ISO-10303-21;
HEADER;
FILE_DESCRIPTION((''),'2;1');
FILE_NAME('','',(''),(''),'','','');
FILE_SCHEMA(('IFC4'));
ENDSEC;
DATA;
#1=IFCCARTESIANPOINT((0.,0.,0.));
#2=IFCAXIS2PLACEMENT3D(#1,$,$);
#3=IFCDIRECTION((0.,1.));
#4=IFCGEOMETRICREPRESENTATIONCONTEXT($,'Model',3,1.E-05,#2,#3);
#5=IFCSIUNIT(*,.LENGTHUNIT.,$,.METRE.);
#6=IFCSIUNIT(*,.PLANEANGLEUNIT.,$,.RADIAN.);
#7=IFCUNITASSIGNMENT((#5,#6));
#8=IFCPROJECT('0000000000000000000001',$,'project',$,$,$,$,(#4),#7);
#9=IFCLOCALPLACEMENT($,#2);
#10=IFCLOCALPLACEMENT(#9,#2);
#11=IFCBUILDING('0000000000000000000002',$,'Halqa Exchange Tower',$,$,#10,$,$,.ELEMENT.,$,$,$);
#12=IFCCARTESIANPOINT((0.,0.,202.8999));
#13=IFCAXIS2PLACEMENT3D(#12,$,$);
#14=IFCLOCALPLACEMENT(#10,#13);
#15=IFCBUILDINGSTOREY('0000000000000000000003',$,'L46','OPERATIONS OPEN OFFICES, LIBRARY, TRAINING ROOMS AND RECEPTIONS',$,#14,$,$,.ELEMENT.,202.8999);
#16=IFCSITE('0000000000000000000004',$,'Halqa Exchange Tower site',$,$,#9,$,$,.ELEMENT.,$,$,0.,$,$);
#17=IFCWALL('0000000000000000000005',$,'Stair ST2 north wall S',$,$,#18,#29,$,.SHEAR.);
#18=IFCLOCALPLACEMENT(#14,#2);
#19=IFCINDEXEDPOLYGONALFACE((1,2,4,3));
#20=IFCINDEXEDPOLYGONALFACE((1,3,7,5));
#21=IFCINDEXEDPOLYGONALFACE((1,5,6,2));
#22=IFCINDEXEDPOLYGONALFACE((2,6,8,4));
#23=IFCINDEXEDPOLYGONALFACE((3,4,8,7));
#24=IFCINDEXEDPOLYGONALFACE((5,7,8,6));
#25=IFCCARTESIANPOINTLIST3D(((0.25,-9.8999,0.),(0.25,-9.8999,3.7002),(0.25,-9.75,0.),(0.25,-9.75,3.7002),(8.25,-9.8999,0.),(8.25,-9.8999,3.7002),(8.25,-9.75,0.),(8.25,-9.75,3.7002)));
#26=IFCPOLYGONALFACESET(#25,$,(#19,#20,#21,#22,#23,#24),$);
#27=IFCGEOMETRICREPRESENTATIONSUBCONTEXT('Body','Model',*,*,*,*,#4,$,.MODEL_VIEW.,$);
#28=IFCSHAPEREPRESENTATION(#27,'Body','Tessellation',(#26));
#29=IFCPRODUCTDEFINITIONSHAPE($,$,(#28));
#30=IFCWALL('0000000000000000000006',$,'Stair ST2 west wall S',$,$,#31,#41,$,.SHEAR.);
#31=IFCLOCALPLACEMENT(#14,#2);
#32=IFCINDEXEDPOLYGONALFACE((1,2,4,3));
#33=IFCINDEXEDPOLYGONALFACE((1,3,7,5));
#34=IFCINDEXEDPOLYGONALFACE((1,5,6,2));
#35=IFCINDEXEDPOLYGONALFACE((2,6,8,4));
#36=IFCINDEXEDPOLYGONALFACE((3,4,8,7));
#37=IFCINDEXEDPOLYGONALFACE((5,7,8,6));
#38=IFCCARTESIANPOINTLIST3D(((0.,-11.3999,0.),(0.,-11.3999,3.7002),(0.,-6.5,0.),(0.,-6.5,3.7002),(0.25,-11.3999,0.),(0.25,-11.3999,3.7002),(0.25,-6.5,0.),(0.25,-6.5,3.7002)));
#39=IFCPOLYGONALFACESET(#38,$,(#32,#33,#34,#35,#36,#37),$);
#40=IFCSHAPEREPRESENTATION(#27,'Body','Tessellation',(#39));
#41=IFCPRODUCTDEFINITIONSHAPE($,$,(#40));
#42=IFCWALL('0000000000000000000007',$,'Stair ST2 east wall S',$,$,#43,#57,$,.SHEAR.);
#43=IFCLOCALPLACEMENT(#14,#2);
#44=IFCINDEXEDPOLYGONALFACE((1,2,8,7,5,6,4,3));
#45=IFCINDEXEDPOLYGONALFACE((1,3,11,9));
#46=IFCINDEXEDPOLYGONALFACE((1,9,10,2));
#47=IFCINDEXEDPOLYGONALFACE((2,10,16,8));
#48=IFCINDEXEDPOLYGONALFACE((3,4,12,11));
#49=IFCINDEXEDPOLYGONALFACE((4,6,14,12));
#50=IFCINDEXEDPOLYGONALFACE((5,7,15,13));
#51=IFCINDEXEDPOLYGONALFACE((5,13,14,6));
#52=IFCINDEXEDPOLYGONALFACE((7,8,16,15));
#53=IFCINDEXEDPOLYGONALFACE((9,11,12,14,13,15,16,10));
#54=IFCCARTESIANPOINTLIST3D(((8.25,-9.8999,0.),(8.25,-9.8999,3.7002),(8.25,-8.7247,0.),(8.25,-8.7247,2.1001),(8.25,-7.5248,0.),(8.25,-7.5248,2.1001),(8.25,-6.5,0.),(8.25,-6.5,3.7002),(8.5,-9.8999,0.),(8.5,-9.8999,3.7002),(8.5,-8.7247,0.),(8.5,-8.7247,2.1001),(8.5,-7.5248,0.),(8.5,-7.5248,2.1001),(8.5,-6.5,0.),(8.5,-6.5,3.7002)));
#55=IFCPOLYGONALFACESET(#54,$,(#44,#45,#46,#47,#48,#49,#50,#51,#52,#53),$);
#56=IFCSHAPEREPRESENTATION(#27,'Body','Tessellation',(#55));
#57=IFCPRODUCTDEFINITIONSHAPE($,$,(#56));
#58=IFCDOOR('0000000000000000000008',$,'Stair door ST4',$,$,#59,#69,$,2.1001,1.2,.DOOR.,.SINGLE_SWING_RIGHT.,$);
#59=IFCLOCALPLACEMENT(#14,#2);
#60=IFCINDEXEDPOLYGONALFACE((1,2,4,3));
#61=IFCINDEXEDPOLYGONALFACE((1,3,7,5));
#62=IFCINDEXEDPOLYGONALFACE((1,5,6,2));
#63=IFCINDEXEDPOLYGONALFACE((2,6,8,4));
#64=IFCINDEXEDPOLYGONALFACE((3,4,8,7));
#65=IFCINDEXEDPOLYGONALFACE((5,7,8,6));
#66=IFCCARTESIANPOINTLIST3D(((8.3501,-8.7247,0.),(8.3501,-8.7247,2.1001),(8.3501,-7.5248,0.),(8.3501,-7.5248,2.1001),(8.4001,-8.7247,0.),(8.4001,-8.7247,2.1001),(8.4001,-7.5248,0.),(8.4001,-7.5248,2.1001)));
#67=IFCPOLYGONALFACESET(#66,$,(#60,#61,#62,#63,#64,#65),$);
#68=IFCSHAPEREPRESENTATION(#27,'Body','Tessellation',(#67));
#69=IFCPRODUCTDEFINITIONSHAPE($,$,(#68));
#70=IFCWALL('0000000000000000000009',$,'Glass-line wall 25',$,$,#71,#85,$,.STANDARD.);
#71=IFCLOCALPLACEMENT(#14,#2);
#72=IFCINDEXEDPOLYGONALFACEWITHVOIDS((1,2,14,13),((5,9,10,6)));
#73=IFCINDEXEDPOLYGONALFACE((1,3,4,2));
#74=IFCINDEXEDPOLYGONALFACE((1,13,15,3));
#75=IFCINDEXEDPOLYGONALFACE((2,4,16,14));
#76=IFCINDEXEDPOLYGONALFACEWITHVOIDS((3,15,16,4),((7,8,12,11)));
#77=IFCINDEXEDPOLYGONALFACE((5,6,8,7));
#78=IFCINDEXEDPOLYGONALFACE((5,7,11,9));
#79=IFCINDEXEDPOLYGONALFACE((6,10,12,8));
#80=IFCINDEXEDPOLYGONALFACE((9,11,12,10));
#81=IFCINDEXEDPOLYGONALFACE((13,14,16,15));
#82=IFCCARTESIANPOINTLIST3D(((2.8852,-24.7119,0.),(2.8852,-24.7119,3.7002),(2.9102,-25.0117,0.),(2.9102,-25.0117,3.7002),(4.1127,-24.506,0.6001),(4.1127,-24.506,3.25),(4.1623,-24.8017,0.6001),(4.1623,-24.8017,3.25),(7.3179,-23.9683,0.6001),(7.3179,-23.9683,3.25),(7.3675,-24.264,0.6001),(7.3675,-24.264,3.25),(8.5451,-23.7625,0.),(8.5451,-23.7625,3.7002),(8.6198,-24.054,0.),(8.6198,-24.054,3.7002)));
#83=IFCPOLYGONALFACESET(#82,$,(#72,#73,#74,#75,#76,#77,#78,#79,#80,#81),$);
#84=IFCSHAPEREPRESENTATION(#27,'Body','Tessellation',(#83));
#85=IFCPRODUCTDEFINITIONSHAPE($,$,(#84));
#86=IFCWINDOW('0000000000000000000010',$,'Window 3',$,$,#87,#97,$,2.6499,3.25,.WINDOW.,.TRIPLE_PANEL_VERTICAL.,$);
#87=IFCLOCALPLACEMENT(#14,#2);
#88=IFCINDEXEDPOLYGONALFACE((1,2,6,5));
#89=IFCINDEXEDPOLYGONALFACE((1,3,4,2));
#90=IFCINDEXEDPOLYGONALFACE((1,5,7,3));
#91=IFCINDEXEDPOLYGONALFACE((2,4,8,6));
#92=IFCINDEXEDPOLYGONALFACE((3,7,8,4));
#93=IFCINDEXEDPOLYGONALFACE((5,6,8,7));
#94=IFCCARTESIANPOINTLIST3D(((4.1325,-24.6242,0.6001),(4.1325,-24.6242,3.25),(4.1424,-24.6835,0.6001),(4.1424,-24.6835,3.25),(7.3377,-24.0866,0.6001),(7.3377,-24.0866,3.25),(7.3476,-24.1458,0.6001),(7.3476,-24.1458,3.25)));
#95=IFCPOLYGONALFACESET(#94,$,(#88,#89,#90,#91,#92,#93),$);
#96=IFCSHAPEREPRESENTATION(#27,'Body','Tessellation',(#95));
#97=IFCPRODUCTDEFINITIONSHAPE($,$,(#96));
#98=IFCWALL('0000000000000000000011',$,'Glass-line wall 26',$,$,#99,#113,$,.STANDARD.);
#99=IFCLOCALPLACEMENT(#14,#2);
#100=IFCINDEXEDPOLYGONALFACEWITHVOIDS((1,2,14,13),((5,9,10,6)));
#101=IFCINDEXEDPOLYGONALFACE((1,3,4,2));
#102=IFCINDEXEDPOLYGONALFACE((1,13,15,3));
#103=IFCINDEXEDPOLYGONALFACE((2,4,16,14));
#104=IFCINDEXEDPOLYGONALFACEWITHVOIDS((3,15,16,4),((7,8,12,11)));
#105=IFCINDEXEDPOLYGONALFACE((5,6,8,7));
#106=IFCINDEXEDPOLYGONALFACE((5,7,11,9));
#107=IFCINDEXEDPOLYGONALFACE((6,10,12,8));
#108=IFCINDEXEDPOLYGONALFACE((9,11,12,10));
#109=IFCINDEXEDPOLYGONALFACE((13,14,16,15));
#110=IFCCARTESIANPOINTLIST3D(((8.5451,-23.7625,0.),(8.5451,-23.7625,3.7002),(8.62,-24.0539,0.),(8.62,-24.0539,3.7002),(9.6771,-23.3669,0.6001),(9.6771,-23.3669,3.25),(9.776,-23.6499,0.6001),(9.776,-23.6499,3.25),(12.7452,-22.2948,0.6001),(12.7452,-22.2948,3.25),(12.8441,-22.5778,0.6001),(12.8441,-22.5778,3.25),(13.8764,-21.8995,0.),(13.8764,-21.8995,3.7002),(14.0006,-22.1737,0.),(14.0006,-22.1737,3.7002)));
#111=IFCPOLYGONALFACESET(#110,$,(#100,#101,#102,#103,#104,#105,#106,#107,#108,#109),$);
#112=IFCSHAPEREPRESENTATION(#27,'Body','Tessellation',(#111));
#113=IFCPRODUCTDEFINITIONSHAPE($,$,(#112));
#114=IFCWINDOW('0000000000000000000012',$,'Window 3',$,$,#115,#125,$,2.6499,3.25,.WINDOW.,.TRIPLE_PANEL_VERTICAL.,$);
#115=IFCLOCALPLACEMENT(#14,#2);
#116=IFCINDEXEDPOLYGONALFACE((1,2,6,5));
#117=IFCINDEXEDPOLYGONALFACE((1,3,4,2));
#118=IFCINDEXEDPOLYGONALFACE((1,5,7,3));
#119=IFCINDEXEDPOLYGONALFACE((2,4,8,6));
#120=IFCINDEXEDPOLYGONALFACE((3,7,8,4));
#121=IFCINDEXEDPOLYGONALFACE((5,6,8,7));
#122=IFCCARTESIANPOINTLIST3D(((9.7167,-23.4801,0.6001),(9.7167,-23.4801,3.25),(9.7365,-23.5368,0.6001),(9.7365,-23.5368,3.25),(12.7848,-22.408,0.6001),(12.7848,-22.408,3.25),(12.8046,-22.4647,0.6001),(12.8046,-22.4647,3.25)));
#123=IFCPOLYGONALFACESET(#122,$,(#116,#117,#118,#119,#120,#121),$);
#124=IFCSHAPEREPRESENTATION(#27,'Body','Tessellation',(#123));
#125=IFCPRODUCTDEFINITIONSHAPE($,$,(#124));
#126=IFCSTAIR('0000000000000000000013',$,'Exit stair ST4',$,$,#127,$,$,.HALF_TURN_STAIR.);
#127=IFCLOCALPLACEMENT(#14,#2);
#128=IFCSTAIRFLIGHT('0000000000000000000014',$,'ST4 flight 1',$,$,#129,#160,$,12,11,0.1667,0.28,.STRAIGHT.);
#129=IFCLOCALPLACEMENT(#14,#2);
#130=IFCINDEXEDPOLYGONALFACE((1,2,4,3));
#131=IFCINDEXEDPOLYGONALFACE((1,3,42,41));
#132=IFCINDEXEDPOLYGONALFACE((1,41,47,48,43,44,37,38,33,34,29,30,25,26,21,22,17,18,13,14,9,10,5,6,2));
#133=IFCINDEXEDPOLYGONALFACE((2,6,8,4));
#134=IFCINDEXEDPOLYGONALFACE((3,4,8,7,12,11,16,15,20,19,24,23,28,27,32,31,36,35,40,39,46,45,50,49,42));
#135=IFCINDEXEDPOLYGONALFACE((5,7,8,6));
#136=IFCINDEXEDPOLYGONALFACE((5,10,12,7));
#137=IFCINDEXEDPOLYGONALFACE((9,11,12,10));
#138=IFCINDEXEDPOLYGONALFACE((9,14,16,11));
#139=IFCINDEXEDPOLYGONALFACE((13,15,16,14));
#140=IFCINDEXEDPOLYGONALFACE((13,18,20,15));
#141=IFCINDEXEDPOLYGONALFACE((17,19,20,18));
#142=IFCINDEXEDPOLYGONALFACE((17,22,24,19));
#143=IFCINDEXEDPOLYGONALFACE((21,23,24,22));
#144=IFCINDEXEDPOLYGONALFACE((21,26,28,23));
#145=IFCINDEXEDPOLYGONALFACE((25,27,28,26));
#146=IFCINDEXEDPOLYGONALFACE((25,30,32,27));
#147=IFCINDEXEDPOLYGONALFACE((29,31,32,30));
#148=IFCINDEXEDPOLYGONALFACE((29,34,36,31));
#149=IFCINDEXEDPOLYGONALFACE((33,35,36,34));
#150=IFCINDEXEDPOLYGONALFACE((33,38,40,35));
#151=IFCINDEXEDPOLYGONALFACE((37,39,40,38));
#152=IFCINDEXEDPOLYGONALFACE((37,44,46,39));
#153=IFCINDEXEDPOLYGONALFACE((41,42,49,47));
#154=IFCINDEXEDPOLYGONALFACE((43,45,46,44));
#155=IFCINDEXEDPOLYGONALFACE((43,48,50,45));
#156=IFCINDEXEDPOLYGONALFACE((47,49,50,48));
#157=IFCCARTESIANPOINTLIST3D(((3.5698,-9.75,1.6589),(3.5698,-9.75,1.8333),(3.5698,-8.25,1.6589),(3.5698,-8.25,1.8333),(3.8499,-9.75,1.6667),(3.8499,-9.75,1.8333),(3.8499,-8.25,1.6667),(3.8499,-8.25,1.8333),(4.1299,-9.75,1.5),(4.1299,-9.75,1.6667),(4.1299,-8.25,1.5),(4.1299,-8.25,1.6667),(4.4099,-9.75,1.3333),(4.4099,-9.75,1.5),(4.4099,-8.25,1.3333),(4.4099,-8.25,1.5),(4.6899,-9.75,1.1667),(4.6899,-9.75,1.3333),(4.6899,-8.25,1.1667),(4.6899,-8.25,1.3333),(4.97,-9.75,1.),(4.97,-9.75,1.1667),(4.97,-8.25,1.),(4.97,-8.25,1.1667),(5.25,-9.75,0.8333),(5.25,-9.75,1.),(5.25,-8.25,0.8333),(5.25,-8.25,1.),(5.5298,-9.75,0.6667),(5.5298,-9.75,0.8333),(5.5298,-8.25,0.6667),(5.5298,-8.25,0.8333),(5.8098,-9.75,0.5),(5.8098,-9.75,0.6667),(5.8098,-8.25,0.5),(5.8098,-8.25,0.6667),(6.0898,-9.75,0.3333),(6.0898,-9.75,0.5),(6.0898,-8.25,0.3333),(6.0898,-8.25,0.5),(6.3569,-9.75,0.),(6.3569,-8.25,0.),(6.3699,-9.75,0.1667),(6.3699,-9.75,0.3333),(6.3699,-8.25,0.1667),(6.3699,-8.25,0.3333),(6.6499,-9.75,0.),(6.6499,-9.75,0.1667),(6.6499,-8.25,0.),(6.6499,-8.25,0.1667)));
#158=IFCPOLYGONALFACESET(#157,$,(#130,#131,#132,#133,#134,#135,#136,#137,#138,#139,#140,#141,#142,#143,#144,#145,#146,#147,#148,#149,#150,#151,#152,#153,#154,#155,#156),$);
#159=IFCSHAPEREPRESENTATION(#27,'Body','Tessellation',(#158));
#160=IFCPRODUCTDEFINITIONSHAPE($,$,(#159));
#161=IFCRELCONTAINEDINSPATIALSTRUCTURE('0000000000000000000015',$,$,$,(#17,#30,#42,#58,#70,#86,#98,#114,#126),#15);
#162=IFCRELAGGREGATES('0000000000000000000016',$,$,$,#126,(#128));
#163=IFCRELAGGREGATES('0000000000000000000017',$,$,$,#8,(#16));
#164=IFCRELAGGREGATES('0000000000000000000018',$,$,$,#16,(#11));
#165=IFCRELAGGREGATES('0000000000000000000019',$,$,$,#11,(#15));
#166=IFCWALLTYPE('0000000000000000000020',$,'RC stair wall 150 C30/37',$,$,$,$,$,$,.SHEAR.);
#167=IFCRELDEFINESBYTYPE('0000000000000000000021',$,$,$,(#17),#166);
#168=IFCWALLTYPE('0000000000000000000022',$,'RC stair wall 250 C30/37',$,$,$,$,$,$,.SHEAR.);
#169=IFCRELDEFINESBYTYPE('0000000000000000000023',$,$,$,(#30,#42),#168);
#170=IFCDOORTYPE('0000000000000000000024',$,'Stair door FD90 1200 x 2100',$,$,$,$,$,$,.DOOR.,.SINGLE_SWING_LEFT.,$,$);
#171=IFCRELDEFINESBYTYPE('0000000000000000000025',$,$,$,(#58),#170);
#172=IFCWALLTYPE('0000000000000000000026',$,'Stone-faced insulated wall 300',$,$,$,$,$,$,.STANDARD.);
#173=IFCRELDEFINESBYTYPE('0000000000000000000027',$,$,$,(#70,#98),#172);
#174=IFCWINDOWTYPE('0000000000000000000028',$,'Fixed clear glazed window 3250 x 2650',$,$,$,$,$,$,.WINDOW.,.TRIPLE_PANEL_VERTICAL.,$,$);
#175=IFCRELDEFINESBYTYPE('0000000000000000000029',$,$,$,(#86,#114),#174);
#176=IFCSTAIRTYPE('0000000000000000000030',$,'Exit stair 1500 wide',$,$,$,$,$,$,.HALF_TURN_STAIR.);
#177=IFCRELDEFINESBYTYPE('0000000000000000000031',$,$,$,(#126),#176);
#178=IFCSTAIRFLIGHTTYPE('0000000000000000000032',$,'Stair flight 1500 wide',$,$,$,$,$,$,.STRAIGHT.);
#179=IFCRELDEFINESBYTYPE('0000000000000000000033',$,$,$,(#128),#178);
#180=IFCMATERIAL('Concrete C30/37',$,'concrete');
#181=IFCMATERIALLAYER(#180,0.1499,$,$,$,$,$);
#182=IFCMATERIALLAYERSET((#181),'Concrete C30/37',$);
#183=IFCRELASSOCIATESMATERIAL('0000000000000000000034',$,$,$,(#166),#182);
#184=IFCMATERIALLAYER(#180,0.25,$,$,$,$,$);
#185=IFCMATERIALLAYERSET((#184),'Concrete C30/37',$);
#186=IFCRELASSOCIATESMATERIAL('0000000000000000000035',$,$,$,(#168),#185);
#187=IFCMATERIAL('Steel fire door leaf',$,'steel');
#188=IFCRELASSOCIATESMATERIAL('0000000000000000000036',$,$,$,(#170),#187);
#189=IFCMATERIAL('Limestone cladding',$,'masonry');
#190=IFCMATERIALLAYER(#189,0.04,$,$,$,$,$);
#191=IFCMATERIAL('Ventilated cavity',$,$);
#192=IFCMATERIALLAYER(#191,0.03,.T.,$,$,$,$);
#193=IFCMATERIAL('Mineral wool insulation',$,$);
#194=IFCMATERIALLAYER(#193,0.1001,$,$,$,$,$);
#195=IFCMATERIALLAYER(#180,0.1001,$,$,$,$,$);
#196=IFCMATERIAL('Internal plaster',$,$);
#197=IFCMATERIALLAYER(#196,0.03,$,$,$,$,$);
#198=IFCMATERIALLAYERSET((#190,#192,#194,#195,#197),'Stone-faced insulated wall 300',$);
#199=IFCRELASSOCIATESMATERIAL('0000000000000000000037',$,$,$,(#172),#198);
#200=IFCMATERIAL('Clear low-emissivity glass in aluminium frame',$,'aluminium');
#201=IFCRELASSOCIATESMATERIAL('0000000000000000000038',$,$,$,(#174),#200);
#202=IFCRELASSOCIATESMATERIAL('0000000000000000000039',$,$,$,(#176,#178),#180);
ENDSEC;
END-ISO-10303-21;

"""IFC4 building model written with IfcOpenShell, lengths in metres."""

from ifc_helpers import new_model, si_unit, direction, frame, frame_2d, origin, place, context, subcontext, project, spatial, polyline, rectangle, outline, extrude, material, layer, layer_set, type_object, element, fill, aggregate, save


model = new_model("IFC4")

# Units and contexts
model_context = context("Model", 3, precision=1e-05, world=origin(), true_north=direction((0.0, 1.0)))
body_context = subcontext(model_context, "Body", "Model", "MODEL_VIEW")
ifc_project = project(units=[si_unit("LENGTHUNIT", "METRE"), si_unit("PLANEANGLEUNIT", "RADIAN")], contexts=[model_context])

# Site, building, storey
site_placement = place(None, origin())
site = spatial("IfcSite", under=ifc_project, at=site_placement, Name="Halqa Exchange Tower site", CompositionType="ELEMENT", RefElevation=0.0)
building_placement = place(site_placement, origin())
building = spatial("IfcBuilding", under=site, at=building_placement, Name="Halqa Exchange Tower", CompositionType="ELEMENT")
storey_placement = place(building_placement, frame((0.0, 0.0, 202.8999)))
storey = spatial("IfcBuildingStorey", under=building, at=storey_placement, Name="L46", Description="OPERATIONS OPEN OFFICES, LIBRARY, TRAINING ROOMS AND RECEPTIONS", CompositionType="ELEMENT", Elevation=202.8999)

# Walls
ifc_material_1 = material(Name="Concrete C30/37", Category="concrete")
ifc_layer_1 = layer(ifc_material_1, 0.1499)
ifc_layer_set_1 = layer_set([ifc_layer_1], Name="Concrete C30/37")
wall_type_1 = type_object("IfcWallType", Name="RC stair wall 150 C30/37", PredefinedType="SHEAR", material=ifc_layer_set_1)
wall_1_placement = place(storey_placement, frame((0.25, -9.825, 0.0), z_axis=(0.0, 0.0, 1.0), x_axis=(1.0, 0.0, 0.0)))
element("IfcWall", 1, at=wall_1_placement, inside=storey, type_object=wall_type_1, Name="Stair ST2 north wall S", PredefinedType="SHEAR", context=body_context, shape_type="SweptSolid", body=[
    extrude(rectangle(XDim=8.0, YDim=0.1499, at=frame_2d((4.0, 0.0))), origin(), (0.0, 0.0, 1.0), 3.7002),
])
ifc_layer_2 = layer(ifc_material_1, 0.25)
ifc_layer_set_2 = layer_set([ifc_layer_2], Name="Concrete C30/37")
wall_type_2 = type_object("IfcWallType", Name="RC stair wall 250 C30/37", PredefinedType="SHEAR", material=ifc_layer_set_2)
wall_2_placement = place(storey_placement, frame((0.125, -11.3999, 0.0), z_axis=(0.0, 0.0, 1.0), x_axis=(0.0, 1.0, 0.0)))
element("IfcWall", 2, at=wall_2_placement, inside=storey, type_object=wall_type_2, Name="Stair ST2 west wall S", PredefinedType="SHEAR", context=body_context, shape_type="SweptSolid", body=[
    extrude(rectangle(XDim=4.8999, YDim=0.25, at=frame_2d((2.45, 0.0))), origin(), (0.0, 0.0, 1.0), 3.7002),
])

# Wall, opening, door
wall_3_placement = place(storey_placement, frame((8.375, -9.8999, 0.0), z_axis=(0.0, 0.0, 1.0), x_axis=(0.0, 1.0, 0.0)))
wall_3 = element("IfcWall", 3, at=wall_3_placement, inside=storey, type_object=wall_type_2, Name="Stair ST2 east wall S", PredefinedType="SHEAR", context=body_context, shape_type="SweptSolid", body=[
    extrude(rectangle(XDim=3.3999, YDim=0.25, at=frame_2d((1.7, 0.0))), origin(), (0.0, 0.0, 1.0), 3.7002),
])
opening_1_placement = place(wall_3_placement, frame((1.175, 0.0, 0.0)))
opening_1 = element("IfcOpeningElement", 4, at=opening_1_placement, cuts=wall_3, PredefinedType="OPENING", context=body_context, shape_type="SweptSolid", body=[
    extrude(rectangle(XDim=1.2, YDim=2.1001, at=frame_2d((0.6001, 1.05))), frame((0.0, 0.137, 0.0), z_axis=(0.0, -1.0, 0.0), x_axis=(1.0, 0.0, 0.0)), (0.0, 0.0, 1.0), 0.2739),
])
ifc_material_2 = material(Name="Steel fire door leaf", Category="steel")
door_type = type_object("IfcDoorType", Name="Stair door FD90 1200 x 2100", OperationType="SINGLE_SWING_LEFT", PredefinedType="DOOR", material=ifc_material_2)
door_placement = place(opening_1_placement, origin())
door = element("IfcDoor", 5, at=door_placement, inside=storey, type_object=door_type, Name="Stair door ST4", OperationType="SINGLE_SWING_RIGHT", OverallHeight=2.1001, OverallWidth=1.2, PredefinedType="DOOR", context=body_context, shape_type="SweptSolid", body=[
    extrude(rectangle(XDim=1.2, YDim=2.1001, at=frame_2d((0.6001, 1.05))), frame((0.0, 0.0249, 0.0), z_axis=(0.0, -1.0, 0.0), x_axis=(1.0, 0.0, 0.0)), (0.0, 0.0, 1.0), 0.05),
])
fill(opening_1, door)

# Walls, openings, windows
ifc_material_3 = material(Name="Limestone cladding", Category="masonry")
ifc_layer_3 = layer(ifc_material_3, 0.04)
ifc_material_4 = material(Name="Ventilated cavity")
ifc_layer_4 = layer(ifc_material_4, 0.03, ventilated=True)
ifc_material_5 = material(Name="Mineral wool insulation")
ifc_layer_5 = layer(ifc_material_5, 0.1001)
ifc_layer_6 = layer(ifc_material_1, 0.1001)
ifc_material_6 = material(Name="Internal plaster")
ifc_layer_7 = layer(ifc_material_6, 0.03)
ifc_layer_set_3 = layer_set([ifc_layer_3, ifc_layer_4, ifc_layer_5, ifc_layer_6, ifc_layer_7], Name="Stone-faced insulated wall 300")
wall_type_3 = type_object("IfcWallType", Name="Stone-faced insulated wall 300", PredefinedType="STANDARD", material=ifc_layer_set_3)
wall_4_placement = place(storey_placement, frame((2.8977, -24.8618, 0.0), z_axis=(0.0, 0.0, 1.0), x_axis=(0.986221, 0.165436, 0.0)))
wall_4 = element("IfcWall", 6, at=wall_4_placement, inside=storey, type_object=wall_type_3, Name="Glass-line wall 25", PredefinedType="STANDARD", context=body_context, shape_type="SweptSolid", body=[
    extrude(outline(polyline([(-0.0125, -0.1499), (5.7769, -0.1499), (5.7515, 0.1499), (0.0125, 0.1499), (-0.0125, -0.1499)])), origin(), (0.0, 0.0, 1.0), 3.7002),
])
opening_2_placement = place(wall_4_placement, frame((1.2571, 0.0, 0.6001)))
opening_2 = element("IfcOpeningElement", 7, at=opening_2_placement, cuts=wall_4, PredefinedType="OPENING", context=body_context, shape_type="SweptSolid", body=[
    extrude(rectangle(XDim=3.25, YDim=2.6499, at=frame_2d((1.625, 1.325))), frame((0.0, 0.1621, 0.0), z_axis=(0.0, -1.0, 0.0), x_axis=(1.0, 0.0, 0.0)), (0.0, 0.0, 1.0), 0.324),
])
ifc_material_7 = material(Name="Clear low-emissivity glass in aluminium frame", Category="aluminium")
window_type = type_object("IfcWindowType", Name="Fixed clear glazed window 3250 x 2650", PartitioningType="TRIPLE_PANEL_VERTICAL", PredefinedType="WINDOW", material=ifc_material_7)
window_1_placement = place(opening_2_placement, origin())
window_1 = element("IfcWindow", 8, at=window_1_placement, inside=storey, type_object=window_type, Name="Window 3", OverallHeight=2.6499, OverallWidth=3.25, PartitioningType="TRIPLE_PANEL_VERTICAL", PredefinedType="WINDOW", context=body_context, shape_type="SweptSolid", body=[
    extrude(rectangle(XDim=3.25, YDim=2.6499, at=frame_2d((1.625, 1.325))), frame((0.0, 0.03, 0.0), z_axis=(0.0, -1.0, 0.0), x_axis=(1.0, 0.0, 0.0)), (0.0, 0.0, 1.0), 0.0601),
])
fill(opening_2, window_1)
wall_5_placement = place(storey_placement, frame((8.5825, -23.9082, 0.0), z_axis=(0.0, 0.0, 1.0), x_axis=(0.944023, 0.329879, 0.0)))
wall_5 = element("IfcWall", 9, at=wall_5_placement, inside=storey, type_object=wall_type_3, Name="Glass-line wall 26", PredefinedType="STANDARD", context=body_context, shape_type="SweptSolid", body=[
    extrude(outline(polyline([(-0.0127, -0.1499), (5.687, -0.1499), (5.6602, 0.1499), (0.0127, 0.1499), (-0.0127, -0.1499)])), origin(), (0.0, 0.0, 1.0), 3.7002),
])
opening_3_placement = place(wall_5_placement, frame((1.2119, 0.0, 0.6001)))
opening_3 = element("IfcOpeningElement", 10, at=opening_3_placement, cuts=wall_5, PredefinedType="OPENING", context=body_context, shape_type="SweptSolid", body=[
    extrude(rectangle(XDim=3.25, YDim=2.6499, at=frame_2d((1.625, 1.325))), frame((0.0, 0.1621, 0.0), z_axis=(0.0, -1.0, 0.0), x_axis=(1.0, 0.0, 0.0)), (0.0, 0.0, 1.0), 0.324),
])
window_2_placement = place(opening_3_placement, origin())
window_2 = element("IfcWindow", 11, at=window_2_placement, inside=storey, type_object=window_type, Name="Window 3", OverallHeight=2.6499, OverallWidth=3.25, PartitioningType="TRIPLE_PANEL_VERTICAL", PredefinedType="WINDOW", context=body_context, shape_type="SweptSolid", body=[
    extrude(rectangle(XDim=3.25, YDim=2.6499, at=frame_2d((1.625, 1.325))), frame((0.0, 0.03, 0.0), z_axis=(0.0, -1.0, 0.0), x_axis=(1.0, 0.0, 0.0)), (0.0, 0.0, 1.0), 0.0601),
])
fill(opening_3, window_2)

# Stair, stair flight
stair_type = type_object("IfcStairType", Name="Exit stair 1500 wide", PredefinedType="HALF_TURN_STAIR", material=ifc_material_1)
stair_placement = place(storey_placement, origin())
stair = element("IfcStair", 12, at=stair_placement, inside=storey, type_object=stair_type, Name="Exit stair ST4", PredefinedType="HALF_TURN_STAIR")
stair_flight_type = type_object("IfcStairFlightType", Name="Stair flight 1500 wide", PredefinedType="STRAIGHT", material=ifc_material_1)
stair_flight_1_placement = place(storey_placement, frame((6.6499, -9.0, 0.0), z_axis=(0.0, 0.0, 1.0), x_axis=(-1.0, 0.0, 0.0)))
stair_flight_1 = element("IfcStairFlight", 13, at=stair_flight_1_placement, type_object=stair_flight_type, Name="ST4 flight 1", NumberOfRisers=12, NumberOfTreads=11, PredefinedType="STRAIGHT", RiserHeight=0.1667, TreadLength=0.28, context=body_context, shape_type="SweptSolid", body=[
    extrude(outline(polyline([(0.0, 0.0), (0.0, 0.1667), (0.28, 0.1667), (0.28, 0.3333), (0.5601, 0.3333), (0.5601, 0.5), (0.8401, 0.5), (0.8401, 0.6667), (1.1201, 0.6667), (1.1201, 0.8333), (1.3999, 0.8333), (1.3999, 1.0), (1.6799, 1.0), (1.6799, 1.1667), (1.96, 1.1667), (1.96, 1.3333), (2.24, 1.3333), (2.24, 1.5), (2.52, 1.5), (2.52, 1.6667), (2.8, 1.6667), (2.8, 1.8333), (3.0801, 1.8333), (3.0801, 2.0), (3.0801, 1.6589), (0.293, 0.0), (0.0, 0.0)])), frame((0.0, 0.75, 0.0), z_axis=(0.0, -1.0, 0.0), x_axis=(1.0, 0.0, 0.0)), (0.0, 0.0, 1.0), 1.5),
])
aggregate(stair, [stair_flight_1])

save(model, "model.ifc")
